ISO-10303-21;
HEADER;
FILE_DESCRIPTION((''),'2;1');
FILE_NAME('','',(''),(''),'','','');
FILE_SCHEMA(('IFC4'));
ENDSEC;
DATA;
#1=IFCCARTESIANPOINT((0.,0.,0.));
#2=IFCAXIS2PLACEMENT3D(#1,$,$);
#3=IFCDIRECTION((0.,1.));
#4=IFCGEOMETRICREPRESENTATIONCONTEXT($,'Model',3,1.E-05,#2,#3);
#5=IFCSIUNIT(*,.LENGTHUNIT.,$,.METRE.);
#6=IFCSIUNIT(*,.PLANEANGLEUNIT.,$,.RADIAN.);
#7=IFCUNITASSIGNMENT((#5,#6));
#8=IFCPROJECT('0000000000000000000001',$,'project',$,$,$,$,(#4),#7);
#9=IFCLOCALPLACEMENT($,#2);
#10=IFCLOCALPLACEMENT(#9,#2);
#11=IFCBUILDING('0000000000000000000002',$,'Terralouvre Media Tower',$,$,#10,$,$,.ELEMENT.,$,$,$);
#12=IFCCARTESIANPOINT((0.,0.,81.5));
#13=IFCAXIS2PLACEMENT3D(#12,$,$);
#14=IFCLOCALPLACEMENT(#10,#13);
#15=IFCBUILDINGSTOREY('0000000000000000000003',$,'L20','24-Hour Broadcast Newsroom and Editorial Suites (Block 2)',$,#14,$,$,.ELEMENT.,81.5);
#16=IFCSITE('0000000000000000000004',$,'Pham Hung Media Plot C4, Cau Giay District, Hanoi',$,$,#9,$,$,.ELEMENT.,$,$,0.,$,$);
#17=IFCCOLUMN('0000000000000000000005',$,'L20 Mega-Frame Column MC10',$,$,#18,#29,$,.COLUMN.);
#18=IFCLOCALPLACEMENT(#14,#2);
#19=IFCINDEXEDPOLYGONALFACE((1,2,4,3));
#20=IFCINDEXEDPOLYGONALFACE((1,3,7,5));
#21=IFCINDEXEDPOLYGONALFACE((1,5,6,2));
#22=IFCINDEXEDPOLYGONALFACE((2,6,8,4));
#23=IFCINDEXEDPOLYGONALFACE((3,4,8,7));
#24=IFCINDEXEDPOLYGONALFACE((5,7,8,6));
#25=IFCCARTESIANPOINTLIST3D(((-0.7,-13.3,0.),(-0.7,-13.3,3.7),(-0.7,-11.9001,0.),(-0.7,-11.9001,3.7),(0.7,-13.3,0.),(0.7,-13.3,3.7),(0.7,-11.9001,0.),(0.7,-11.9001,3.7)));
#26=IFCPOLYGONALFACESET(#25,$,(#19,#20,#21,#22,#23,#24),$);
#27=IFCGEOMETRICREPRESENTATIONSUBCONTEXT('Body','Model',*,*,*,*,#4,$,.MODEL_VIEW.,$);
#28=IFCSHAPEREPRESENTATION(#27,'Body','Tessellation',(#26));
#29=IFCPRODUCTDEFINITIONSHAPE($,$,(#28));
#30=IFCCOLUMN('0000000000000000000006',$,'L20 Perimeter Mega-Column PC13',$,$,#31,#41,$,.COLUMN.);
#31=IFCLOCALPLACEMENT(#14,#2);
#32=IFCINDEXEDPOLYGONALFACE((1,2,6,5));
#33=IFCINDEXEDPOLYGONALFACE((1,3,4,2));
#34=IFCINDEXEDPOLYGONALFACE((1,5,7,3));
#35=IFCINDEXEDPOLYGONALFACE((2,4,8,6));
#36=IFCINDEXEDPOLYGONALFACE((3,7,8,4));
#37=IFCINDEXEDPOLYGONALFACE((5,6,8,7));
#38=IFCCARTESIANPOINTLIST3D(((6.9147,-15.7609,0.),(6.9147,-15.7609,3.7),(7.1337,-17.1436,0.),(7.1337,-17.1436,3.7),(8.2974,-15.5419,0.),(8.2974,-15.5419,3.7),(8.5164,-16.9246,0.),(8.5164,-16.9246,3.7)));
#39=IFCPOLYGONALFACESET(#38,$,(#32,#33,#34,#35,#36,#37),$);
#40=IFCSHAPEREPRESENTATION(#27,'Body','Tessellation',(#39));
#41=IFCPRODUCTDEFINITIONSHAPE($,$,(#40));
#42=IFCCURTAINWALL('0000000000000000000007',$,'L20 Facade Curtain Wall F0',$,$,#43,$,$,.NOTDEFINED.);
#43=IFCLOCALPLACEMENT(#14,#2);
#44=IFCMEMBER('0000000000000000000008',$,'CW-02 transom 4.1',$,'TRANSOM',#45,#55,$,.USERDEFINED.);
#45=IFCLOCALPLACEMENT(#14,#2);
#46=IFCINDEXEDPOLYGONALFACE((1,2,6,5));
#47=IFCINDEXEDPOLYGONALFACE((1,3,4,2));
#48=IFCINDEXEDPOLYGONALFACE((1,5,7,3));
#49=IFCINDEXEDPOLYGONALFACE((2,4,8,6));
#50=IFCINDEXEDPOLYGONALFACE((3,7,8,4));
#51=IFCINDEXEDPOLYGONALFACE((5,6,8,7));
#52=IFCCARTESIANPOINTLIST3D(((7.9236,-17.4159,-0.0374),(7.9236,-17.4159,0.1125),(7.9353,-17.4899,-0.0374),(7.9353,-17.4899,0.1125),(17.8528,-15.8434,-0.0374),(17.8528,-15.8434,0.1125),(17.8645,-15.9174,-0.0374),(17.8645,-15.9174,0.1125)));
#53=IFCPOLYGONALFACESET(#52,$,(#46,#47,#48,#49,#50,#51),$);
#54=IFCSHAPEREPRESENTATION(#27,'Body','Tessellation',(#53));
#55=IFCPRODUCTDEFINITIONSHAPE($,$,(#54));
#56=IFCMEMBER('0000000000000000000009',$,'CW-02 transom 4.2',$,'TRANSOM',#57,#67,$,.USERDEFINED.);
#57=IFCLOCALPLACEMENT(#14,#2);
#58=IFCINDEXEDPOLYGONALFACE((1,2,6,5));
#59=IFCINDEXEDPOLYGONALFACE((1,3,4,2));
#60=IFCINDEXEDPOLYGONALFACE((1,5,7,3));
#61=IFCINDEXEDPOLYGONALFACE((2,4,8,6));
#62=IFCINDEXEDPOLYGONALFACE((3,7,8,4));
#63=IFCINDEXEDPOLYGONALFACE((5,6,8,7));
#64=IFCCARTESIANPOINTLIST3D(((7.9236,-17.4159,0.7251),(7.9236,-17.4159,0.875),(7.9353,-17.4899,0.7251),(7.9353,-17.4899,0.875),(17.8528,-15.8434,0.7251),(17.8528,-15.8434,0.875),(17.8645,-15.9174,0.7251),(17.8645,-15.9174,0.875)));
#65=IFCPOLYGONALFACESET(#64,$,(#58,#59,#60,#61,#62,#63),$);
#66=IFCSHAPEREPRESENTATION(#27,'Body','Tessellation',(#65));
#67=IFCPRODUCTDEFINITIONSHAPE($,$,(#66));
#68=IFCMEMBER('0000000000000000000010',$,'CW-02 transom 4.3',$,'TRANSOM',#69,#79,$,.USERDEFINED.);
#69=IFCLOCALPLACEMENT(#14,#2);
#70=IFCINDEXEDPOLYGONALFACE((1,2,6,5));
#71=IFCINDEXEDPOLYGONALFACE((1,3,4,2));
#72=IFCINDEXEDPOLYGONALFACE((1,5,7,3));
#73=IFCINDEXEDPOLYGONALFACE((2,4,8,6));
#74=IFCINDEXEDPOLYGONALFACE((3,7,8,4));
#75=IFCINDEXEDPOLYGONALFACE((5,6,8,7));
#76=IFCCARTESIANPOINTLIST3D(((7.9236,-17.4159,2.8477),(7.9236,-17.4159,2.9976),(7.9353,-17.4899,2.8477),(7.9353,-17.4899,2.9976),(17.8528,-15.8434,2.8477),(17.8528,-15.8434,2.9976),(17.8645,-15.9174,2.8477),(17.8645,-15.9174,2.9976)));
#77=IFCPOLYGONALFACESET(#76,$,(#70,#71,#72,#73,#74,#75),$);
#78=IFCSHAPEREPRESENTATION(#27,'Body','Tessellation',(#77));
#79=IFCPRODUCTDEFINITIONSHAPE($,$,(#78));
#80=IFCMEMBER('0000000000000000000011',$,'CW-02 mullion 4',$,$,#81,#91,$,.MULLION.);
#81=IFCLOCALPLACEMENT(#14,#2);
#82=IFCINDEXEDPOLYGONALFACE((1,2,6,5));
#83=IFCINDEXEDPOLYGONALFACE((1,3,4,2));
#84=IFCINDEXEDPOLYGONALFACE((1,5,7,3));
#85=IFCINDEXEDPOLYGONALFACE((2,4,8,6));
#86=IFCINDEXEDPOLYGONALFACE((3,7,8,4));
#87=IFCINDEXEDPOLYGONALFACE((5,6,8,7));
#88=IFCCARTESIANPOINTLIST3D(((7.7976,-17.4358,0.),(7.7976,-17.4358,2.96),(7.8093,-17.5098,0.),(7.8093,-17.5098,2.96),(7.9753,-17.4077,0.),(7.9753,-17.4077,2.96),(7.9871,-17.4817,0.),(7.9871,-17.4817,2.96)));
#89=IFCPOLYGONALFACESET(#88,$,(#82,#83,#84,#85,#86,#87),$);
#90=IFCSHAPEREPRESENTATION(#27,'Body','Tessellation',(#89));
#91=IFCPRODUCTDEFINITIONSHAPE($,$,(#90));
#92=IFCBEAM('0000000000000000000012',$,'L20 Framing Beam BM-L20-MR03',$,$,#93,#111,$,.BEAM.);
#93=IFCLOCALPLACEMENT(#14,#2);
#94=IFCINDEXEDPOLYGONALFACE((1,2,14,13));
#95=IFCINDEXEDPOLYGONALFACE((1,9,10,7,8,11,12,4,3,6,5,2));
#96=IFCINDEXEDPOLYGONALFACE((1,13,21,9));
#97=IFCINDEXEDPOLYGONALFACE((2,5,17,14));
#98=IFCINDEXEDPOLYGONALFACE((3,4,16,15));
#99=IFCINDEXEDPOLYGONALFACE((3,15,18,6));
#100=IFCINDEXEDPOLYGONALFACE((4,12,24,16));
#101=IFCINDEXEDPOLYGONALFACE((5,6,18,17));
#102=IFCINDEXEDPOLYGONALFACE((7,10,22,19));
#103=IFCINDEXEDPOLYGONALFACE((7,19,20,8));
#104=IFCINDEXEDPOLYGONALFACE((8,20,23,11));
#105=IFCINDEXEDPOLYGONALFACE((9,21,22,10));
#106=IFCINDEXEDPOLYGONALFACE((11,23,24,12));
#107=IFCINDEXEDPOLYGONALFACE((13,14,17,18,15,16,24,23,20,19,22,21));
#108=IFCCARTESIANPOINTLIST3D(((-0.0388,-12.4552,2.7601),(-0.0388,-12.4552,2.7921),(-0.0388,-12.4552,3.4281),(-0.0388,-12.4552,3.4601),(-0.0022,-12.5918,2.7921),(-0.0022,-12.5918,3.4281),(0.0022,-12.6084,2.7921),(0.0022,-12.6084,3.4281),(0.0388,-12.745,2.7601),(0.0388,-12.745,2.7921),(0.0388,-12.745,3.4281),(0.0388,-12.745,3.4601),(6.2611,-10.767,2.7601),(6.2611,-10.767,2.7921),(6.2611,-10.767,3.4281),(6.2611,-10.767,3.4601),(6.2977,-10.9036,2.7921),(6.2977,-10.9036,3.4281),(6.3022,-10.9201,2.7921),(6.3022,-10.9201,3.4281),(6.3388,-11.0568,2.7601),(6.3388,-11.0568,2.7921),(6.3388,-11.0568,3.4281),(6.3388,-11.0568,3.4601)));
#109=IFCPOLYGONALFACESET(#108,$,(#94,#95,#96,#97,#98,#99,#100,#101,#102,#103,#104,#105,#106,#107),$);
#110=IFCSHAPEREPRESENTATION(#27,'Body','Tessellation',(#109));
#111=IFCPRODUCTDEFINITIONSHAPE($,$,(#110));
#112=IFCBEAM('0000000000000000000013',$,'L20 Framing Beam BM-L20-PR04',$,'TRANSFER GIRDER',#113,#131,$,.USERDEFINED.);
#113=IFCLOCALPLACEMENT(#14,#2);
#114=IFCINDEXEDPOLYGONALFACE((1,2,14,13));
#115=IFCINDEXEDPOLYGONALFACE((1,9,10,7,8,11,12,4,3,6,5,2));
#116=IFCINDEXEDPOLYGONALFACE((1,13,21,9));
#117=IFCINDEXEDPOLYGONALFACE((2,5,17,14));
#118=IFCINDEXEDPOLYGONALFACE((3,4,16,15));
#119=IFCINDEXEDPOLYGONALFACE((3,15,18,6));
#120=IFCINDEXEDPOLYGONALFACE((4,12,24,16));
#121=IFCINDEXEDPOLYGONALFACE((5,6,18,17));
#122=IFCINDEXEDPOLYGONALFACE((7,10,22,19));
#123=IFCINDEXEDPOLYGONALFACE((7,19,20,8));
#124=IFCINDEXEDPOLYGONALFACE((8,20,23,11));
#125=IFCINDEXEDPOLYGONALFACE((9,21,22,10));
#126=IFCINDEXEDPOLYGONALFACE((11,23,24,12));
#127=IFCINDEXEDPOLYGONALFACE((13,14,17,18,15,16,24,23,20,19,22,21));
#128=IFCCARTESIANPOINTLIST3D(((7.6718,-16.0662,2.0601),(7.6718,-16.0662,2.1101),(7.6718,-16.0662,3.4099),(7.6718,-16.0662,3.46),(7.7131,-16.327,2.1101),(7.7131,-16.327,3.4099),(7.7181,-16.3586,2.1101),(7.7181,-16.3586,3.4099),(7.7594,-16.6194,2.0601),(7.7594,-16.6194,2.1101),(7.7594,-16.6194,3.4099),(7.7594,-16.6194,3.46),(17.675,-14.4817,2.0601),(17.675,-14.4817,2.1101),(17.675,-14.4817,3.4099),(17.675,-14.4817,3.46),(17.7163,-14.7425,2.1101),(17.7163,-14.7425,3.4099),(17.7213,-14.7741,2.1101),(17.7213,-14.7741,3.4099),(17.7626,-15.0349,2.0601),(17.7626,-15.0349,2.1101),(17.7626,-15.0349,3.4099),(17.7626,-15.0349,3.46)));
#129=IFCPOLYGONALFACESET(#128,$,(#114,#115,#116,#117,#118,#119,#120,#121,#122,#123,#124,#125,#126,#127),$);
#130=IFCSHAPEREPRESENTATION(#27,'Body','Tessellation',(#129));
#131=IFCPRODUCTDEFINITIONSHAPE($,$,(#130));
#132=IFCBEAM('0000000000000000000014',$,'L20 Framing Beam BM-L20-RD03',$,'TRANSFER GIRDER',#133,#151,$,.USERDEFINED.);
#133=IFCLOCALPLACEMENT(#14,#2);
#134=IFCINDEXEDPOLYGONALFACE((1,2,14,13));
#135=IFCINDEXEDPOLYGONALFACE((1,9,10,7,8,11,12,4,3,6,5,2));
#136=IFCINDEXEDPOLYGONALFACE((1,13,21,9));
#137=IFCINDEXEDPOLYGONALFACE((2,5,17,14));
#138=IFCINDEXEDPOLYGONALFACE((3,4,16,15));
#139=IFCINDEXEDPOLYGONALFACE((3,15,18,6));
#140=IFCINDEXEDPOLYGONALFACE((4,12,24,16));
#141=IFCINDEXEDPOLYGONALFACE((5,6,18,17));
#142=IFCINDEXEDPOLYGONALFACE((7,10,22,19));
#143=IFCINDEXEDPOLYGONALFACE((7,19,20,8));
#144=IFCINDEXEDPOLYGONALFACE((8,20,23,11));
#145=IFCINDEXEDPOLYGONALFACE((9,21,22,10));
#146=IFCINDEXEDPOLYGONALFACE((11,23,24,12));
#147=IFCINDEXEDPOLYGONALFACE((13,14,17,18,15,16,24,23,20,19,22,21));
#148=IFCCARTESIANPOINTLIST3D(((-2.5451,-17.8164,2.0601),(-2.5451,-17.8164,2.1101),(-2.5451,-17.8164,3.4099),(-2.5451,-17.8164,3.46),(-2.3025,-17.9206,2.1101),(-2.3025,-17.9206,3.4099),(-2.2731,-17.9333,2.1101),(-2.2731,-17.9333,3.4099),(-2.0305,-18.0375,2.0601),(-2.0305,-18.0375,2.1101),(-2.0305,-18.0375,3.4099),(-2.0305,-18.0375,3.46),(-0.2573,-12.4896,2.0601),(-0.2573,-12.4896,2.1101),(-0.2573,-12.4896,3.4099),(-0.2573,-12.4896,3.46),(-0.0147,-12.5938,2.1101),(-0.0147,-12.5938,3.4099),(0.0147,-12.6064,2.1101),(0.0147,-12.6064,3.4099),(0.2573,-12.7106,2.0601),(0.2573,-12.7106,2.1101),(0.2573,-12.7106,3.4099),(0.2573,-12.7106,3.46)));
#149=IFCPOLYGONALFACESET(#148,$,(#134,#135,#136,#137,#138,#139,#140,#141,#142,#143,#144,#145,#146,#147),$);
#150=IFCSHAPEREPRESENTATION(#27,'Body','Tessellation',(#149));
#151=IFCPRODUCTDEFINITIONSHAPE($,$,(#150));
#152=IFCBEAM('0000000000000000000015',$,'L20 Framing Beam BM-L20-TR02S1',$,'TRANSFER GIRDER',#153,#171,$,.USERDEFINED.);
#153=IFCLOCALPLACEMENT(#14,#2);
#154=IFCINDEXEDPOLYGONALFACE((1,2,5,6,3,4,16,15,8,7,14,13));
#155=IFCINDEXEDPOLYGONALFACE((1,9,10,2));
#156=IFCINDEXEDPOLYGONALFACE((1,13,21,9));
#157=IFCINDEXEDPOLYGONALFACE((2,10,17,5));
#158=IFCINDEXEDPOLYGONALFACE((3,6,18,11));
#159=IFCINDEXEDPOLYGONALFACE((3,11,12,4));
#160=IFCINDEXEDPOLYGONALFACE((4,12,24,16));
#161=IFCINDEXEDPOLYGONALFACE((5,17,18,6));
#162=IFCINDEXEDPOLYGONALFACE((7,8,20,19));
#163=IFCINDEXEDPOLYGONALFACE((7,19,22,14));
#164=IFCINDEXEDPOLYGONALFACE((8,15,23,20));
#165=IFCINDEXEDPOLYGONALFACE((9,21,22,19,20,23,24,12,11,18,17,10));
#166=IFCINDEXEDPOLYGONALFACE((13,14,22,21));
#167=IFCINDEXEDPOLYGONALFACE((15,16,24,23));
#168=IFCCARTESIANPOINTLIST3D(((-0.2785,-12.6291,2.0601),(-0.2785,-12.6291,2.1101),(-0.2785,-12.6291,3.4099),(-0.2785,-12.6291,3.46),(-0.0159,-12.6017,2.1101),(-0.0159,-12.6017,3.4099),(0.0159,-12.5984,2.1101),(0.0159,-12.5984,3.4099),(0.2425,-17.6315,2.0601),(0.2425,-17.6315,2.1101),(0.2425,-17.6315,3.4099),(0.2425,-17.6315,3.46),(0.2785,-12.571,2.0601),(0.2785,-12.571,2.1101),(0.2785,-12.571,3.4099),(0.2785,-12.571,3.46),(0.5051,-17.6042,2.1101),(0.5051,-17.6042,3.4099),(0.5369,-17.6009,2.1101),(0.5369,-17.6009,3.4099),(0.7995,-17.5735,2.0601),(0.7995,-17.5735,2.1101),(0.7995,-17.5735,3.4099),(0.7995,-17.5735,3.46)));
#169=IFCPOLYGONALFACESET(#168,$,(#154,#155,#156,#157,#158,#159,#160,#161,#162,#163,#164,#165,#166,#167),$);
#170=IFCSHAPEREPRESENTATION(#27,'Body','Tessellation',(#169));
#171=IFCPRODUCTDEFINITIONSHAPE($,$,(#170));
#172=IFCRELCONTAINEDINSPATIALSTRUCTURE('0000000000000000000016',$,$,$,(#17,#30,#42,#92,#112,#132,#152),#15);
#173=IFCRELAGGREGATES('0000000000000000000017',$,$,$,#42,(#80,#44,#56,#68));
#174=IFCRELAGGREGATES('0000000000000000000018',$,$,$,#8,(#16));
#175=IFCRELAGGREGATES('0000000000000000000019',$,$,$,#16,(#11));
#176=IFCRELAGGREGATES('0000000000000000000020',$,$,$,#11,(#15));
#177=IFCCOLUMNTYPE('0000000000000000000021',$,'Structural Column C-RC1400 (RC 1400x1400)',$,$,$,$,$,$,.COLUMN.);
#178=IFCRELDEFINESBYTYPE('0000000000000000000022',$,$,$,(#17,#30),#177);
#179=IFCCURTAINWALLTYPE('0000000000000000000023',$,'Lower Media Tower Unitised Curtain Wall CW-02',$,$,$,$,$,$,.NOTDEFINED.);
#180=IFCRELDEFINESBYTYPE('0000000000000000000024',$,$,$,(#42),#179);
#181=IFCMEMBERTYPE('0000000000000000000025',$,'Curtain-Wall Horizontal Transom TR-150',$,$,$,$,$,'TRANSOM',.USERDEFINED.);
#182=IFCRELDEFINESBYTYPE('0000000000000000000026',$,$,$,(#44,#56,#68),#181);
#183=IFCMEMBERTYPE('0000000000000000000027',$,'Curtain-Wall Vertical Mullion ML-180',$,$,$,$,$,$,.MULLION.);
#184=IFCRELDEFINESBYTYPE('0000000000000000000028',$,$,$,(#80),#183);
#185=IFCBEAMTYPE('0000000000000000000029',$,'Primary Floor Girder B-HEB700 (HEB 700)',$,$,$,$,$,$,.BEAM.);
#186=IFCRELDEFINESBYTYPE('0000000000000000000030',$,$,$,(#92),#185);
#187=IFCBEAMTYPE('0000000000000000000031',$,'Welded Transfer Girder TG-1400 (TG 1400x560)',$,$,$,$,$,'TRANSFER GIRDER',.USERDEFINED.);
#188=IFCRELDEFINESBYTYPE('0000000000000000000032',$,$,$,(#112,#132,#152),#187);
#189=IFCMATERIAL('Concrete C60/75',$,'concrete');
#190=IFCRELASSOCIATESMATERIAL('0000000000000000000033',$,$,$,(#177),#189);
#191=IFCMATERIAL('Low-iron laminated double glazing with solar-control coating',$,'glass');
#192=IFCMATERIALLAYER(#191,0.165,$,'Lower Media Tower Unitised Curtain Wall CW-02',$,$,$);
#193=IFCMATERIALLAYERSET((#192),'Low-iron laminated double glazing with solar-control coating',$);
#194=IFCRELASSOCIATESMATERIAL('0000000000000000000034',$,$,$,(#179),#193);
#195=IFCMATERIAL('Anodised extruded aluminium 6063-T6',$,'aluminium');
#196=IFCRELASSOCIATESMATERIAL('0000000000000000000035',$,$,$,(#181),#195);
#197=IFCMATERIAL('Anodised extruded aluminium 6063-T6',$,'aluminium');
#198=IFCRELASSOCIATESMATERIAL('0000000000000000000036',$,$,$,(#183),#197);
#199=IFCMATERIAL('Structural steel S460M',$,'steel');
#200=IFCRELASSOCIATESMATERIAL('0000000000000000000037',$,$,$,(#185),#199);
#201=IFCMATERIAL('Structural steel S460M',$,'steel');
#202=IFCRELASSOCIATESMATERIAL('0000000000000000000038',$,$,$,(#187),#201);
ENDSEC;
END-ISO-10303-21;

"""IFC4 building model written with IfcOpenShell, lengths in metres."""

from ifc_helpers import new_model, si_unit, direction, frame, origin, origin_2d, place, context, subcontext, project, spatial, rectangle, i_section, extrude, material, layer, layer_set, material_profile, profile_set, type_object, element, aggregate, save


model = new_model("IFC4")

# Units and contexts
model_context = context("Model", 3, precision=1e-05, world=origin(), true_north=direction((0.0, 1.0)))
body_context = subcontext(model_context, "Body", "Model", "MODEL_VIEW")
ifc_project = project(units=[si_unit("LENGTHUNIT", "METRE"), si_unit("PLANEANGLEUNIT", "RADIAN")], contexts=[model_context])

# Site, building, storey
site_placement = place(None, origin())
site = spatial("IfcSite", under=ifc_project, at=site_placement, Name="Pham Hung Media Plot C4, Cau Giay District, Hanoi", CompositionType="ELEMENT", RefElevation=0.0)
building_placement = place(site_placement, origin())
building = spatial("IfcBuilding", under=site, at=building_placement, Name="Terralouvre Media Tower", CompositionType="ELEMENT")
storey_placement = place(building_placement, frame((0.0, 0.0, 81.5)))
storey = spatial("IfcBuildingStorey", under=building, at=storey_placement, Name="L20", Description="24-Hour Broadcast Newsroom and Editorial Suites (Block 2)", CompositionType="ELEMENT", Elevation=81.5)

# Columns
ifc_material_1 = material(Name="Concrete C60/75", Category="concrete")
ifc_material_profile_1 = material_profile(ifc_material_1, rectangle(XDim=1.3999, YDim=1.3999, at=origin_2d()), Name="RC 1400x1400")
ifc_profile_set_1 = profile_set([ifc_material_profile_1], Name="Concrete C60/75")
column_type = type_object("IfcColumnType", Name="Structural Column C-RC1400 (RC 1400x1400)", PredefinedType="COLUMN", material=ifc_profile_set_1)
for number, where, z_axis, x_axis, name in (
    (1, (0.0, -12.6001, 0.0), (0.0, 0.0, 1.0), (1.0, 0.0, 0.0), "L20 Mega-Frame Column MC10"),
    (2, (7.7156, -16.3428, 0.0), (0.0, 0.0, 1.0), (0.987688, 0.156434, 0.0), "L20 Perimeter Mega-Column PC13"),
):
    element("IfcColumn", number, at=place(storey_placement, frame(where, z_axis=z_axis, x_axis=x_axis)), inside=storey, type_object=column_type, Name=name, PredefinedType="COLUMN", context=body_context, shape_type="SweptSolid", body=[
        extrude(rectangle(XDim=1.3999, YDim=1.3999, at=origin_2d()), origin(), (0.0, 0.0, 1.0), 3.7),
    ])

# Curtain wall, members
ifc_material_2 = material(Name="Low-iron laminated double glazing with solar-control coating", Category="glass")
ifc_layer_1 = layer(ifc_material_2, 0.165, Name="Lower Media Tower Unitised Curtain Wall CW-02")
ifc_layer_set_1 = layer_set([ifc_layer_1], Name="Low-iron laminated double glazing with solar-control coating")
curtain_wall_type = type_object("IfcCurtainWallType", Name="Lower Media Tower Unitised Curtain Wall CW-02", PredefinedType="NOTDEFINED", material=ifc_layer_set_1)
curtain_wall_placement = place(storey_placement, origin())
curtain_wall = element("IfcCurtainWall", 3, at=curtain_wall_placement, inside=storey, type_object=curtain_wall_type, Name="L20 Facade Curtain Wall F0", PredefinedType="NOTDEFINED")
ifc_material_3 = material(Name="Anodised extruded aluminium 6063-T6", Category="aluminium")
ifc_material_profile_2 = material_profile(ifc_material_3, rectangle(XDim=0.075, YDim=0.1499, at=origin_2d()), Name="ALU 75x150")
ifc_profile_set_2 = profile_set([ifc_material_profile_2], Name="Anodised extruded aluminium 6063-T6")
member_type_1 = type_object("IfcMemberType", Name="Curtain-Wall Horizontal Transom TR-150", ElementType="TRANSOM", PredefinedType="USERDEFINED", material=ifc_profile_set_2)
member_1_placement = place(storey_placement, frame((7.9294, -17.4529, 0.0376), z_axis=(0.98769, 0.156423, 0.0), x_axis=(-0.156423, 0.98769, 0.0)))
member_1 = element("IfcMember", 4, at=member_1_placement, type_object=member_type_1, Name="CW-02 transom 4.1", ObjectType="TRANSOM", PredefinedType="USERDEFINED", context=body_context, shape_type="SweptSolid", body=[
    extrude(rectangle(XDim=0.075, YDim=0.1499, at=origin_2d()), origin(), (0.0, 0.0, 1.0), 10.053),
])
member_2_placement = place(storey_placement, frame((7.9294, -17.4529, 0.8), z_axis=(0.98769, 0.156423, 0.0), x_axis=(-0.156423, 0.98769, 0.0)))
member_2 = element("IfcMember", 5, at=member_2_placement, type_object=member_type_1, Name="CW-02 transom 4.2", ObjectType="TRANSOM", PredefinedType="USERDEFINED", context=body_context, shape_type="SweptSolid", body=[
    extrude(rectangle(XDim=0.075, YDim=0.1499, at=origin_2d()), origin(), (0.0, 0.0, 1.0), 10.053),
])
member_3_placement = place(storey_placement, frame((7.9294, -17.4529, 2.9226), z_axis=(0.98769, 0.156423, 0.0), x_axis=(-0.156423, 0.98769, 0.0)))
member_3 = element("IfcMember", 6, at=member_3_placement, type_object=member_type_1, Name="CW-02 transom 4.3", ObjectType="TRANSOM", PredefinedType="USERDEFINED", context=body_context, shape_type="SweptSolid", body=[
    extrude(rectangle(XDim=0.075, YDim=0.1499, at=origin_2d()), origin(), (0.0, 0.0, 1.0), 10.053),
])
ifc_material_4 = material(Name="Anodised extruded aluminium 6063-T6", Category="aluminium")
ifc_material_profile_3 = material_profile(ifc_material_4, rectangle(XDim=0.075, YDim=0.1799, at=origin_2d()), Name="ALU 75x180")
ifc_profile_set_3 = profile_set([ifc_material_profile_3], Name="Anodised extruded aluminium 6063-T6")
member_type_2 = type_object("IfcMemberType", Name="Curtain-Wall Vertical Mullion ML-180", PredefinedType="MULLION", material=ifc_profile_set_3)
member_4_placement = place(storey_placement, frame((7.8923, -17.4587, 0.0), z_axis=(0.0, 0.0, 1.0), x_axis=(-0.156434, 0.987688, 0.0)))
member_4 = element("IfcMember", 7, at=member_4_placement, type_object=member_type_2, Name="CW-02 mullion 4", PredefinedType="MULLION", context=body_context, shape_type="SweptSolid", body=[
    extrude(rectangle(XDim=0.075, YDim=0.1799, at=origin_2d()), origin(), (0.0, 0.0, 1.0), 2.96),
])

# Beams
ifc_material_5 = material(Name="Structural steel S460M", Category="steel")
ifc_material_profile_4 = material_profile(ifc_material_5, i_section(OverallWidth=0.3, OverallDepth=0.7, WebThickness=0.0171, FlangeThickness=0.032, at=origin_2d()), Name="HEB 700")
ifc_profile_set_4 = profile_set([ifc_material_profile_4], Name="Structural steel S460M")
beam_type_1 = type_object("IfcBeamType", Name="Primary Floor Girder B-HEB700 (HEB 700)", PredefinedType="BEAM", material=ifc_profile_set_4)
beam_1_placement = place(storey_placement, frame((0.0, -12.6001, 3.1101), z_axis=(0.96592, 0.258839, 0.0), x_axis=(-0.258839, 0.96592, 0.0)))
element("IfcBeam", 8, at=beam_1_placement, inside=storey, type_object=beam_type_1, Name="L20 Framing Beam BM-L20-MR03", PredefinedType="BEAM", context=body_context, shape_type="SweptSolid", body=[
    extrude(i_section(OverallWidth=0.3, OverallDepth=0.7, WebThickness=0.0171, FlangeThickness=0.032, at=origin_2d()), origin(), (0.0, 0.0, 1.0), 6.5222),
])
ifc_material_6 = material(Name="Structural steel S460M", Category="steel")
ifc_material_profile_5 = material_profile(ifc_material_6, i_section(OverallWidth=0.5601, OverallDepth=1.3999, WebThickness=0.032, FlangeThickness=0.05, at=origin_2d()), Name="TG 1400x560")
ifc_profile_set_5 = profile_set([ifc_material_profile_5], Name="Structural steel S460M")
beam_type_2 = type_object("IfcBeamType", Name="Welded Transfer Girder TG-1400 (TG 1400x560)", ElementType="TRANSFER GIRDER", PredefinedType="USERDEFINED", material=ifc_profile_set_5)
beam_2_placement = place(storey_placement, frame((7.7156, -16.3428, 2.76), z_axis=(0.987686, 0.156447, 0.0), x_axis=(-0.156447, 0.987686, 0.0)))
element("IfcBeam", 9, at=beam_2_placement, inside=storey, type_object=beam_type_2, Name="L20 Framing Beam BM-L20-PR04", ObjectType="TRANSFER GIRDER", PredefinedType="USERDEFINED", context=body_context, shape_type="SweptSolid", body=[
    extrude(i_section(OverallWidth=0.5601, OverallDepth=1.3999, WebThickness=0.032, FlangeThickness=0.05, at=origin_2d()), origin(), (0.0, 0.0, 1.0), 10.1279),
])
beam_3_placement = place(storey_placement, frame((0.0, -12.6001, 2.76), z_axis=(-0.394631, -0.91884, 0.0), x_axis=(0.91884, -0.394631, 0.0)))
element("IfcBeam", 10, at=beam_3_placement, inside=storey, type_object=beam_type_2, Name="L20 Framing Beam BM-L20-RD03", ObjectType="TRANSFER GIRDER", PredefinedType="USERDEFINED", context=body_context, shape_type="SweptSolid", body=[
    extrude(i_section(OverallWidth=0.5601, OverallDepth=1.3999, WebThickness=0.032, FlangeThickness=0.05, at=origin_2d()), origin(), (0.0, 0.0, 1.0), 5.7974),
])
beam_4_placement = place(storey_placement, frame((0.521, -17.6025, 2.76), z_axis=(-0.103588, 0.99462, 0.0), x_axis=(-0.99462, -0.103588, 0.0)))
element("IfcBeam", 11, at=beam_4_placement, inside=storey, type_object=beam_type_2, Name="L20 Framing Beam BM-L20-TR02S1", ObjectType="TRANSFER GIRDER", PredefinedType="USERDEFINED", context=body_context, shape_type="SweptSolid", body=[
    extrude(i_section(OverallWidth=0.5601, OverallDepth=1.3999, WebThickness=0.032, FlangeThickness=0.05, at=origin_2d()), origin(), (0.0, 0.0, 1.0), 5.0295),
])

aggregate(curtain_wall, [member_4, member_1, member_2, member_3])

save(model, "model.ifc")
